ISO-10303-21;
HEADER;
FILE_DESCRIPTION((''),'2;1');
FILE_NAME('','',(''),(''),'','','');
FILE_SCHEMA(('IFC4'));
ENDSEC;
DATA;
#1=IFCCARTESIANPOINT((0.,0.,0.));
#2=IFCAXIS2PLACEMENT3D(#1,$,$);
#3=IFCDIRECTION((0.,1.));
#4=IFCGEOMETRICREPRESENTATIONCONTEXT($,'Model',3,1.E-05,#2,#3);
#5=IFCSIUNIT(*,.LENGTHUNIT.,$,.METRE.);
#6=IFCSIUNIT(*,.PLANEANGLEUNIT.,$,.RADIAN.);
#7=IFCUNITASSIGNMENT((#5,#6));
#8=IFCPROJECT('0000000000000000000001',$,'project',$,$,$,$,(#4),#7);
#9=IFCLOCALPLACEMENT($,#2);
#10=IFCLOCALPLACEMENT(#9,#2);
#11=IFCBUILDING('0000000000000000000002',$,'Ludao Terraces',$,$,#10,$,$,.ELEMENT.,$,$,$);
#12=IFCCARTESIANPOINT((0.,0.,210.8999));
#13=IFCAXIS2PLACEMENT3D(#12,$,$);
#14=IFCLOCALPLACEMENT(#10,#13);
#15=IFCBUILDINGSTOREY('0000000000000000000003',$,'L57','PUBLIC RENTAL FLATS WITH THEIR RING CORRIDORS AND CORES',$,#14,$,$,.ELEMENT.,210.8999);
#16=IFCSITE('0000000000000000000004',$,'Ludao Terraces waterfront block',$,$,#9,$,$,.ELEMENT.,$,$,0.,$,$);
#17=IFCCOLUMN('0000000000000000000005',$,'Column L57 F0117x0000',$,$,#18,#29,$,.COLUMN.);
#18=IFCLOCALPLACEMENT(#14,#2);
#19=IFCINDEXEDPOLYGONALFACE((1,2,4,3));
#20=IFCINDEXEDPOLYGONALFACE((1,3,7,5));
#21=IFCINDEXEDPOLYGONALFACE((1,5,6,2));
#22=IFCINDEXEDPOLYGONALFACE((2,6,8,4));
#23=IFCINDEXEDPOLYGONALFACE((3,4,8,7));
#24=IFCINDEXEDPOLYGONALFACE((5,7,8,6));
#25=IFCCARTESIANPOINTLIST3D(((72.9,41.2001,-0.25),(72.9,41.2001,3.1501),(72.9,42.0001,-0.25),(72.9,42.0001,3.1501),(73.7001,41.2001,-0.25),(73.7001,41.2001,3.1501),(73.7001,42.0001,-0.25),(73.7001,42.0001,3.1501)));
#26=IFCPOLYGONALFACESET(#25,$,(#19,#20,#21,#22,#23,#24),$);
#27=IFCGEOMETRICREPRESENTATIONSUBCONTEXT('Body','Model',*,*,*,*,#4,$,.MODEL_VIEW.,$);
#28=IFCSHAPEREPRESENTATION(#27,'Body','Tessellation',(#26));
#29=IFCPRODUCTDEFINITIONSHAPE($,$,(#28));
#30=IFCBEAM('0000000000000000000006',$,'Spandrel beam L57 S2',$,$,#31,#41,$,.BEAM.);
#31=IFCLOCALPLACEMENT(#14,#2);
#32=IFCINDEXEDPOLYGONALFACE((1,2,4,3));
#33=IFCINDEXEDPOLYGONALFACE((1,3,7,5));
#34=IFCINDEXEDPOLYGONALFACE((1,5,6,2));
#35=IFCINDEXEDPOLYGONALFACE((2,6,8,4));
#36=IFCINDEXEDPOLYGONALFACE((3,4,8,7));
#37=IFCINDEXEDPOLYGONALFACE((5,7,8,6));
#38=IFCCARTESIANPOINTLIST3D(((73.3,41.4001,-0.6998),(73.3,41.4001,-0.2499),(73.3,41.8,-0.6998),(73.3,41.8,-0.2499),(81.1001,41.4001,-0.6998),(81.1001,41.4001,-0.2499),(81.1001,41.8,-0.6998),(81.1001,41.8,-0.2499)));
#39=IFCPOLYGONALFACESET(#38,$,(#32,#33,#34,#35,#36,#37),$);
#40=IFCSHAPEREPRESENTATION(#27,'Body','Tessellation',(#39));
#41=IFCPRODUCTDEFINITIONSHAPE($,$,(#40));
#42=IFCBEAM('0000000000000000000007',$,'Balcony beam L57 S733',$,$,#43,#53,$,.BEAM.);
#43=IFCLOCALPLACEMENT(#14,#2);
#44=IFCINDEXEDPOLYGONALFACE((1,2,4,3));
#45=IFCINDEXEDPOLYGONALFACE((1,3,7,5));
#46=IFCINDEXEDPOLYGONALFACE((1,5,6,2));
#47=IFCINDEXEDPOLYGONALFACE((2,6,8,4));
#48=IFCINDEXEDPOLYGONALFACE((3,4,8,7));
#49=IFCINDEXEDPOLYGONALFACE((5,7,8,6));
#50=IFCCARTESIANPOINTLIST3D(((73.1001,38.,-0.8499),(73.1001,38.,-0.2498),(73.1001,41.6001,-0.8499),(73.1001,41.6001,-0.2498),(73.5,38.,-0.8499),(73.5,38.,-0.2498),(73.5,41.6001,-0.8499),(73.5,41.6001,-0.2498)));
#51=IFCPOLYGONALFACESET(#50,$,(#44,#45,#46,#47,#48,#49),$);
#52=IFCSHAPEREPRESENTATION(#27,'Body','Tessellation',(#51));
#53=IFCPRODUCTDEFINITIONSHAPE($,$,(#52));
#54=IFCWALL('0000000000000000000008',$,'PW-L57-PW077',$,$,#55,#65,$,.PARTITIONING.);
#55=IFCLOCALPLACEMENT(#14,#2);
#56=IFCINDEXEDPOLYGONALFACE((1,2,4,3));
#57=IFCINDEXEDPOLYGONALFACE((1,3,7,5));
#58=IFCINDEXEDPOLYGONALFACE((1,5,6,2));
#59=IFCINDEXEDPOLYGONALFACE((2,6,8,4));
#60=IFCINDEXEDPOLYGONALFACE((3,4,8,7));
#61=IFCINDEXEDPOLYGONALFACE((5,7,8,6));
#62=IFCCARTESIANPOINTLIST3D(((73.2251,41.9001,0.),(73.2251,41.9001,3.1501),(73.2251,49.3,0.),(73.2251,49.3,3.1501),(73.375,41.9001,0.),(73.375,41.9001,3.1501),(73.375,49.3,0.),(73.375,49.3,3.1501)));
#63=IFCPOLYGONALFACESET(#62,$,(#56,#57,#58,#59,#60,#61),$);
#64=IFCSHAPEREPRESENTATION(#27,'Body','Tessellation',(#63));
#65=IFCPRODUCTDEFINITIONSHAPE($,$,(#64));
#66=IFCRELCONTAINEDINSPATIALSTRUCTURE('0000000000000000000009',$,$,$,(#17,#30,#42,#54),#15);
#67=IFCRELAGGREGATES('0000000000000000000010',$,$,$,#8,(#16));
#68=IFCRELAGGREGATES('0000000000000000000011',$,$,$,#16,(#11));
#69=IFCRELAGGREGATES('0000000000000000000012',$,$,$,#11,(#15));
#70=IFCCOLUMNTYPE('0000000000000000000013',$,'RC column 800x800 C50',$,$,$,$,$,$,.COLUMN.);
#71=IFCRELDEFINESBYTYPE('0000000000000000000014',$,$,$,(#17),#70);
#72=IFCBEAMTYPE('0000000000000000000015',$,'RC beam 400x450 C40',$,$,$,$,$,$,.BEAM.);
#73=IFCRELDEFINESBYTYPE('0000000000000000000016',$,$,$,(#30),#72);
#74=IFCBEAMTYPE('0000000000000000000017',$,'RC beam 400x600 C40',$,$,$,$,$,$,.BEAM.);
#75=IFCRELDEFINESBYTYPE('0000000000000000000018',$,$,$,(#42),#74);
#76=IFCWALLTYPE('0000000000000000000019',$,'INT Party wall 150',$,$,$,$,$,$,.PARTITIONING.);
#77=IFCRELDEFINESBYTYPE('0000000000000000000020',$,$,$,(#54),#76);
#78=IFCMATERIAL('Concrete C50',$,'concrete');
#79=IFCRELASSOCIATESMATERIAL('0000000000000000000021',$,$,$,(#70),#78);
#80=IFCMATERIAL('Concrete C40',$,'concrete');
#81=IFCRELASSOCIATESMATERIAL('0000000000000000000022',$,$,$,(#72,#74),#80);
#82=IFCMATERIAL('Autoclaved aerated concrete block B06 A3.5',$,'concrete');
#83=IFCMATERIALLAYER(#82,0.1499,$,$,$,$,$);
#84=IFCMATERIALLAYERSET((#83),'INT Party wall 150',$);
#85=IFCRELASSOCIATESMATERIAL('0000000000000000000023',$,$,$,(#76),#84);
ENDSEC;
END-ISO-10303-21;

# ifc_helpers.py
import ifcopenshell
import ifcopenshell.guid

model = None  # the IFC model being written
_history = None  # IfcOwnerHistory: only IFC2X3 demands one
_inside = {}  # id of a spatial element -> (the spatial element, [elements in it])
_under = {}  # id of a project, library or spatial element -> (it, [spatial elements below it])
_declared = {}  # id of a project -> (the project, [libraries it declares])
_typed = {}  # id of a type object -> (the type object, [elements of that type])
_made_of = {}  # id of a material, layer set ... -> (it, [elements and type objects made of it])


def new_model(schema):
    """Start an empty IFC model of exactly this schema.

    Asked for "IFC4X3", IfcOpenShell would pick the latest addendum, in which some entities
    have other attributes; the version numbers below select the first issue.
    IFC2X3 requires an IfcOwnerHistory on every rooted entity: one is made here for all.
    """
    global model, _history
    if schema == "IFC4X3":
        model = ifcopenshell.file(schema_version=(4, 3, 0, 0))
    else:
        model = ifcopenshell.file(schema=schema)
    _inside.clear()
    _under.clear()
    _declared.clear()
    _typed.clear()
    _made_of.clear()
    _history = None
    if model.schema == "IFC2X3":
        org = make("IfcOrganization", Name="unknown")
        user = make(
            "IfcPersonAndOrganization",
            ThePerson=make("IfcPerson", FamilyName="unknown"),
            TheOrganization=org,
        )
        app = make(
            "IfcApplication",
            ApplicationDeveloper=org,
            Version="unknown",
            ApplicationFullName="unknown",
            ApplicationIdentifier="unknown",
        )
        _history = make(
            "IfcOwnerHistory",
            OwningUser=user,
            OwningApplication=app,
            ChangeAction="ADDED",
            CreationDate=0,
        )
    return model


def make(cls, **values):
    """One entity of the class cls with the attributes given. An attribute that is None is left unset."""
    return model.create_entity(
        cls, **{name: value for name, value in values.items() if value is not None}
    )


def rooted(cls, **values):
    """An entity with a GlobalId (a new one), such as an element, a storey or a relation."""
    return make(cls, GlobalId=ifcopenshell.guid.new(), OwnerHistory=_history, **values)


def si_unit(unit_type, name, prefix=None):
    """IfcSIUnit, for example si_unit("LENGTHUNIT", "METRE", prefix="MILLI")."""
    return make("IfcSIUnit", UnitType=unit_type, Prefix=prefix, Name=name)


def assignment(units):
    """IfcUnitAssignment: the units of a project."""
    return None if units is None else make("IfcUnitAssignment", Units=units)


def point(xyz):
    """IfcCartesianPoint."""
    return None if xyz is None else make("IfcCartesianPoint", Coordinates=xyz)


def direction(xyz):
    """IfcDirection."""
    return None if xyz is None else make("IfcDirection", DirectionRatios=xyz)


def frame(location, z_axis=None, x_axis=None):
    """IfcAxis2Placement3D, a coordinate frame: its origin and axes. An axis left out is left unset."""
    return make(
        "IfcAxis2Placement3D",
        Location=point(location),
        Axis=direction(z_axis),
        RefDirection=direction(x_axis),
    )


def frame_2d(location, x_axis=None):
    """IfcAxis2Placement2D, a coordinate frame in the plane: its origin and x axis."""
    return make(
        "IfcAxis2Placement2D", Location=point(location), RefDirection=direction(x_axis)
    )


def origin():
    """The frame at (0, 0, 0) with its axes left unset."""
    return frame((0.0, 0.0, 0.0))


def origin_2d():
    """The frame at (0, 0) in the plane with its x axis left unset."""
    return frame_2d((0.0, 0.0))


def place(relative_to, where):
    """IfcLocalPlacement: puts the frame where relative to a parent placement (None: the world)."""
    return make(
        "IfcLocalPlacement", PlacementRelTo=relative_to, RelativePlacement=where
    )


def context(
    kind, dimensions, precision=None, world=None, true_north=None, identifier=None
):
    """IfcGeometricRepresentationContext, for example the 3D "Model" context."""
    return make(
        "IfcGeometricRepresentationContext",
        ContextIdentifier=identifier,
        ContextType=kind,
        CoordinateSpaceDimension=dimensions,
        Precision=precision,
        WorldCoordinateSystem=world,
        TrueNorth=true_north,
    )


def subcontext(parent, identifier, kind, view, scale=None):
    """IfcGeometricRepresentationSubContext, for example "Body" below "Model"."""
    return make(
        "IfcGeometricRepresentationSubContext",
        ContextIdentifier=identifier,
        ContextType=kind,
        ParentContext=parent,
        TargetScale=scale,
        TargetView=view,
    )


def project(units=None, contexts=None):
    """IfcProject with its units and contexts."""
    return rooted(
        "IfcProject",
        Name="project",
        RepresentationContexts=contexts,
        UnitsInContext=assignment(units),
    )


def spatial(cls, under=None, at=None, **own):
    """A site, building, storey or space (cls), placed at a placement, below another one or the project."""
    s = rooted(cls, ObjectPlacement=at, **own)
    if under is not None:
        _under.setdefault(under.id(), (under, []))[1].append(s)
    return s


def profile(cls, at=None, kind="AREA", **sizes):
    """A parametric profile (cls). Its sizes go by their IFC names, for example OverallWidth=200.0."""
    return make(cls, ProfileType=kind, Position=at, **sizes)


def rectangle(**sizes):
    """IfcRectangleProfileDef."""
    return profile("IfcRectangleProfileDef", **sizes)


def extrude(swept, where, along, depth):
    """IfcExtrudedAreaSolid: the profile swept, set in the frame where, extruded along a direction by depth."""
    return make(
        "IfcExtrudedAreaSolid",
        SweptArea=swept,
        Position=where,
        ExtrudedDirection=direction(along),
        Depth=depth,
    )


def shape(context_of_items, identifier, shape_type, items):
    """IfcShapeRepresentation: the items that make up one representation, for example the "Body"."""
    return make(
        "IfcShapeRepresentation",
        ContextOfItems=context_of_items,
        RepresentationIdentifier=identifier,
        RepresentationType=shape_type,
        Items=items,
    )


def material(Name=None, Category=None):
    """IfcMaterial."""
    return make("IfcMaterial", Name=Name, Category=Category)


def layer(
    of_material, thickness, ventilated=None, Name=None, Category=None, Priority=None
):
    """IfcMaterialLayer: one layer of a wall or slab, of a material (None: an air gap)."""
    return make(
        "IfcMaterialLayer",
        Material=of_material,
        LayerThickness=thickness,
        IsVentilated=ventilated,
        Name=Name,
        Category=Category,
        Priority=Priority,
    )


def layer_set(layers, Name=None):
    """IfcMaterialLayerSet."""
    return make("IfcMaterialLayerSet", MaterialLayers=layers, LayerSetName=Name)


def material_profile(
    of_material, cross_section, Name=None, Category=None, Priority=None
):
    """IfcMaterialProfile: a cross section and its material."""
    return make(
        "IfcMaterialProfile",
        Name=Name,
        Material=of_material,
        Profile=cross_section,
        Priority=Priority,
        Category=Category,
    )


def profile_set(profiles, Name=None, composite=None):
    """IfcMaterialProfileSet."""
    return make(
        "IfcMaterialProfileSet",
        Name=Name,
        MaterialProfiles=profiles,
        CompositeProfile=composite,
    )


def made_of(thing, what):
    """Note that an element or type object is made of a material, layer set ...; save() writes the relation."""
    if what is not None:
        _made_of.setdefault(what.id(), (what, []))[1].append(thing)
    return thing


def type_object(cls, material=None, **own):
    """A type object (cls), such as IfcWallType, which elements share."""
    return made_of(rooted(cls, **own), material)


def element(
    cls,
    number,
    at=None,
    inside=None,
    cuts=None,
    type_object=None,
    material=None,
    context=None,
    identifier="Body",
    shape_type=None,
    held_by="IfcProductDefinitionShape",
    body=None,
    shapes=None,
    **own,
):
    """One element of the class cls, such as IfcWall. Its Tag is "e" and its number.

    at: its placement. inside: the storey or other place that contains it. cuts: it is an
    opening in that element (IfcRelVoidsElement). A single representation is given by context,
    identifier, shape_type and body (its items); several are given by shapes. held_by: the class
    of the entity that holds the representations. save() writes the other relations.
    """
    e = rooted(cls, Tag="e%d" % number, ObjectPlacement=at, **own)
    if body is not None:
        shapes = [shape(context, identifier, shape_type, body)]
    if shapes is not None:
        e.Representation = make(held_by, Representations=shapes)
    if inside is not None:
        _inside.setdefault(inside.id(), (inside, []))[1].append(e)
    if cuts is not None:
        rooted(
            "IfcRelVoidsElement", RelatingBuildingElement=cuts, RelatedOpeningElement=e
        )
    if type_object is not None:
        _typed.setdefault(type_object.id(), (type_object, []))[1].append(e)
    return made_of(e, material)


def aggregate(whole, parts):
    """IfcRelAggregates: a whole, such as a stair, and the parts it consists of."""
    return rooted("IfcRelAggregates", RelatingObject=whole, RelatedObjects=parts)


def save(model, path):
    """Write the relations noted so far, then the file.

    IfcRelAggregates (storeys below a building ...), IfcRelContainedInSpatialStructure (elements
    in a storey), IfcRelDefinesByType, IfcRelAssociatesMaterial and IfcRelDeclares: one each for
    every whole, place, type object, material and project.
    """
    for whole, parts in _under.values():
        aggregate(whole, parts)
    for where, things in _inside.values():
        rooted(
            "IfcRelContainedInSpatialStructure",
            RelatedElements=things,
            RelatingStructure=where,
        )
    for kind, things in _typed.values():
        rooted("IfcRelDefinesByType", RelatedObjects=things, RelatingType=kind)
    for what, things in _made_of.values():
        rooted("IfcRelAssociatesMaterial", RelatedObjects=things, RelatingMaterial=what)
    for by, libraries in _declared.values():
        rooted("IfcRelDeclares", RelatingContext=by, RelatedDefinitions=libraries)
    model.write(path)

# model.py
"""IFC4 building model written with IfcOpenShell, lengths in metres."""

from ifc_helpers import new_model, si_unit, direction, frame, frame_2d, origin, origin_2d, place, context, subcontext, project, spatial, rectangle, extrude, material, layer, layer_set, material_profile, profile_set, type_object, element, save


model = new_model("IFC4")

# Units and contexts
model_context = context("Model", 3, precision=1e-05, world=origin(), true_north=direction((0.0, 1.0)))
body_context = subcontext(model_context, "Body", "Model", "MODEL_VIEW")
ifc_project = project(units=[si_unit("LENGTHUNIT", "METRE"), si_unit("PLANEANGLEUNIT", "RADIAN")], contexts=[model_context])

# Site, building, storey
site_placement = place(None, origin())
site = spatial("IfcSite", under=ifc_project, at=site_placement, Name="Ludao Terraces waterfront block", CompositionType="ELEMENT", RefElevation=0.0)
building_placement = place(site_placement, origin())
building = spatial("IfcBuilding", under=site, at=building_placement, Name="Ludao Terraces", CompositionType="ELEMENT")
storey_placement = place(building_placement, frame((0.0, 0.0, 210.8999)))
storey = spatial("IfcBuildingStorey", under=building, at=storey_placement, Name="L57", Description="PUBLIC RENTAL FLATS WITH THEIR RING CORRIDORS AND CORES", CompositionType="ELEMENT", Elevation=210.8999)

# Column
ifc_material_1 = material(Name="Concrete C50", Category="concrete")
ifc_material_profile_1 = material_profile(ifc_material_1, rectangle(XDim=0.8, YDim=0.8, at=origin_2d()), Name="800 X 800")
ifc_profile_set_1 = profile_set([ifc_material_profile_1], Name="Concrete C50")
column_type = type_object("IfcColumnType", Name="RC column 800x800 C50", PredefinedType="COLUMN", material=ifc_profile_set_1)
column_placement = place(storey_placement, frame((73.3, 41.6001, -0.25), z_axis=(0.0, 0.0, 1.0), x_axis=(1.0, 0.0, 0.0)))
element("IfcColumn", 1, at=column_placement, inside=storey, type_object=column_type, Name="Column L57 F0117x0000", PredefinedType="COLUMN", context=body_context, shape_type="SweptSolid", body=[
    extrude(rectangle(XDim=0.8, YDim=0.8, at=origin_2d()), origin(), (0.0, 0.0, 1.0), 3.4001),
])

# Beams
ifc_material_2 = material(Name="Concrete C40", Category="concrete")
ifc_material_profile_2 = material_profile(ifc_material_2, rectangle(XDim=0.3999, YDim=0.45, at=origin_2d()), Name="400 X 450")
ifc_profile_set_2 = profile_set([ifc_material_profile_2], Name="Concrete C40")
beam_type_1 = type_object("IfcBeamType", Name="RC beam 400x450 C40", PredefinedType="BEAM", material=ifc_profile_set_2)
beam_1_placement = place(storey_placement, frame((73.3, 41.6001, -0.4749), z_axis=(1.0, 0.0, 0.0), x_axis=(0.0, 1.0, 0.0)))
element("IfcBeam", 2, at=beam_1_placement, inside=storey, type_object=beam_type_1, Name="Spandrel beam L57 S2", PredefinedType="BEAM", context=body_context, shape_type="SweptSolid", body=[
    extrude(rectangle(XDim=0.3999, YDim=0.45, at=origin_2d()), origin(), (0.0, 0.0, 1.0), 7.8),
])
ifc_material_profile_3 = material_profile(ifc_material_2, rectangle(XDim=0.3999, YDim=0.6001, at=origin_2d()), Name="400 X 600")
ifc_profile_set_3 = profile_set([ifc_material_profile_3], Name="Concrete C40")
beam_type_2 = type_object("IfcBeamType", Name="RC beam 400x600 C40", PredefinedType="BEAM", material=ifc_profile_set_3)
beam_2_placement = place(storey_placement, frame((73.3, 41.6001, -0.5498), z_axis=(0.0, -1.0, 0.0), x_axis=(1.0, 0.0, 0.0)))
element("IfcBeam", 3, at=beam_2_placement, inside=storey, type_object=beam_type_2, Name="Balcony beam L57 S733", PredefinedType="BEAM", context=body_context, shape_type="SweptSolid", body=[
    extrude(rectangle(XDim=0.3999, YDim=0.6001, at=origin_2d()), origin(), (0.0, 0.0, 1.0), 3.6001),
])

# Wall
ifc_material_3 = material(Name="Autoclaved aerated concrete block B06 A3.5", Category="concrete")
ifc_layer = layer(ifc_material_3, 0.1499)
ifc_layer_set = layer_set([ifc_layer], Name="INT Party wall 150")
wall_type = type_object("IfcWallType", Name="INT Party wall 150", PredefinedType="PARTITIONING", material=ifc_layer_set)
wall_placement = place(storey_placement, frame((73.3, 41.9001, 0.0), z_axis=(0.0, 0.0, 1.0), x_axis=(0.0, 1.0, 0.0)))
element("IfcWall", 4, at=wall_placement, inside=storey, type_object=wall_type, Name="PW-L57-PW077", PredefinedType="PARTITIONING", context=body_context, shape_type="SweptSolid", body=[
    extrude(rectangle(XDim=7.3999, YDim=0.1499, at=frame_2d((3.7, 0.0))), origin(), (0.0, 0.0, 1.0), 3.1501),
])

save(model, "model.ifc")
